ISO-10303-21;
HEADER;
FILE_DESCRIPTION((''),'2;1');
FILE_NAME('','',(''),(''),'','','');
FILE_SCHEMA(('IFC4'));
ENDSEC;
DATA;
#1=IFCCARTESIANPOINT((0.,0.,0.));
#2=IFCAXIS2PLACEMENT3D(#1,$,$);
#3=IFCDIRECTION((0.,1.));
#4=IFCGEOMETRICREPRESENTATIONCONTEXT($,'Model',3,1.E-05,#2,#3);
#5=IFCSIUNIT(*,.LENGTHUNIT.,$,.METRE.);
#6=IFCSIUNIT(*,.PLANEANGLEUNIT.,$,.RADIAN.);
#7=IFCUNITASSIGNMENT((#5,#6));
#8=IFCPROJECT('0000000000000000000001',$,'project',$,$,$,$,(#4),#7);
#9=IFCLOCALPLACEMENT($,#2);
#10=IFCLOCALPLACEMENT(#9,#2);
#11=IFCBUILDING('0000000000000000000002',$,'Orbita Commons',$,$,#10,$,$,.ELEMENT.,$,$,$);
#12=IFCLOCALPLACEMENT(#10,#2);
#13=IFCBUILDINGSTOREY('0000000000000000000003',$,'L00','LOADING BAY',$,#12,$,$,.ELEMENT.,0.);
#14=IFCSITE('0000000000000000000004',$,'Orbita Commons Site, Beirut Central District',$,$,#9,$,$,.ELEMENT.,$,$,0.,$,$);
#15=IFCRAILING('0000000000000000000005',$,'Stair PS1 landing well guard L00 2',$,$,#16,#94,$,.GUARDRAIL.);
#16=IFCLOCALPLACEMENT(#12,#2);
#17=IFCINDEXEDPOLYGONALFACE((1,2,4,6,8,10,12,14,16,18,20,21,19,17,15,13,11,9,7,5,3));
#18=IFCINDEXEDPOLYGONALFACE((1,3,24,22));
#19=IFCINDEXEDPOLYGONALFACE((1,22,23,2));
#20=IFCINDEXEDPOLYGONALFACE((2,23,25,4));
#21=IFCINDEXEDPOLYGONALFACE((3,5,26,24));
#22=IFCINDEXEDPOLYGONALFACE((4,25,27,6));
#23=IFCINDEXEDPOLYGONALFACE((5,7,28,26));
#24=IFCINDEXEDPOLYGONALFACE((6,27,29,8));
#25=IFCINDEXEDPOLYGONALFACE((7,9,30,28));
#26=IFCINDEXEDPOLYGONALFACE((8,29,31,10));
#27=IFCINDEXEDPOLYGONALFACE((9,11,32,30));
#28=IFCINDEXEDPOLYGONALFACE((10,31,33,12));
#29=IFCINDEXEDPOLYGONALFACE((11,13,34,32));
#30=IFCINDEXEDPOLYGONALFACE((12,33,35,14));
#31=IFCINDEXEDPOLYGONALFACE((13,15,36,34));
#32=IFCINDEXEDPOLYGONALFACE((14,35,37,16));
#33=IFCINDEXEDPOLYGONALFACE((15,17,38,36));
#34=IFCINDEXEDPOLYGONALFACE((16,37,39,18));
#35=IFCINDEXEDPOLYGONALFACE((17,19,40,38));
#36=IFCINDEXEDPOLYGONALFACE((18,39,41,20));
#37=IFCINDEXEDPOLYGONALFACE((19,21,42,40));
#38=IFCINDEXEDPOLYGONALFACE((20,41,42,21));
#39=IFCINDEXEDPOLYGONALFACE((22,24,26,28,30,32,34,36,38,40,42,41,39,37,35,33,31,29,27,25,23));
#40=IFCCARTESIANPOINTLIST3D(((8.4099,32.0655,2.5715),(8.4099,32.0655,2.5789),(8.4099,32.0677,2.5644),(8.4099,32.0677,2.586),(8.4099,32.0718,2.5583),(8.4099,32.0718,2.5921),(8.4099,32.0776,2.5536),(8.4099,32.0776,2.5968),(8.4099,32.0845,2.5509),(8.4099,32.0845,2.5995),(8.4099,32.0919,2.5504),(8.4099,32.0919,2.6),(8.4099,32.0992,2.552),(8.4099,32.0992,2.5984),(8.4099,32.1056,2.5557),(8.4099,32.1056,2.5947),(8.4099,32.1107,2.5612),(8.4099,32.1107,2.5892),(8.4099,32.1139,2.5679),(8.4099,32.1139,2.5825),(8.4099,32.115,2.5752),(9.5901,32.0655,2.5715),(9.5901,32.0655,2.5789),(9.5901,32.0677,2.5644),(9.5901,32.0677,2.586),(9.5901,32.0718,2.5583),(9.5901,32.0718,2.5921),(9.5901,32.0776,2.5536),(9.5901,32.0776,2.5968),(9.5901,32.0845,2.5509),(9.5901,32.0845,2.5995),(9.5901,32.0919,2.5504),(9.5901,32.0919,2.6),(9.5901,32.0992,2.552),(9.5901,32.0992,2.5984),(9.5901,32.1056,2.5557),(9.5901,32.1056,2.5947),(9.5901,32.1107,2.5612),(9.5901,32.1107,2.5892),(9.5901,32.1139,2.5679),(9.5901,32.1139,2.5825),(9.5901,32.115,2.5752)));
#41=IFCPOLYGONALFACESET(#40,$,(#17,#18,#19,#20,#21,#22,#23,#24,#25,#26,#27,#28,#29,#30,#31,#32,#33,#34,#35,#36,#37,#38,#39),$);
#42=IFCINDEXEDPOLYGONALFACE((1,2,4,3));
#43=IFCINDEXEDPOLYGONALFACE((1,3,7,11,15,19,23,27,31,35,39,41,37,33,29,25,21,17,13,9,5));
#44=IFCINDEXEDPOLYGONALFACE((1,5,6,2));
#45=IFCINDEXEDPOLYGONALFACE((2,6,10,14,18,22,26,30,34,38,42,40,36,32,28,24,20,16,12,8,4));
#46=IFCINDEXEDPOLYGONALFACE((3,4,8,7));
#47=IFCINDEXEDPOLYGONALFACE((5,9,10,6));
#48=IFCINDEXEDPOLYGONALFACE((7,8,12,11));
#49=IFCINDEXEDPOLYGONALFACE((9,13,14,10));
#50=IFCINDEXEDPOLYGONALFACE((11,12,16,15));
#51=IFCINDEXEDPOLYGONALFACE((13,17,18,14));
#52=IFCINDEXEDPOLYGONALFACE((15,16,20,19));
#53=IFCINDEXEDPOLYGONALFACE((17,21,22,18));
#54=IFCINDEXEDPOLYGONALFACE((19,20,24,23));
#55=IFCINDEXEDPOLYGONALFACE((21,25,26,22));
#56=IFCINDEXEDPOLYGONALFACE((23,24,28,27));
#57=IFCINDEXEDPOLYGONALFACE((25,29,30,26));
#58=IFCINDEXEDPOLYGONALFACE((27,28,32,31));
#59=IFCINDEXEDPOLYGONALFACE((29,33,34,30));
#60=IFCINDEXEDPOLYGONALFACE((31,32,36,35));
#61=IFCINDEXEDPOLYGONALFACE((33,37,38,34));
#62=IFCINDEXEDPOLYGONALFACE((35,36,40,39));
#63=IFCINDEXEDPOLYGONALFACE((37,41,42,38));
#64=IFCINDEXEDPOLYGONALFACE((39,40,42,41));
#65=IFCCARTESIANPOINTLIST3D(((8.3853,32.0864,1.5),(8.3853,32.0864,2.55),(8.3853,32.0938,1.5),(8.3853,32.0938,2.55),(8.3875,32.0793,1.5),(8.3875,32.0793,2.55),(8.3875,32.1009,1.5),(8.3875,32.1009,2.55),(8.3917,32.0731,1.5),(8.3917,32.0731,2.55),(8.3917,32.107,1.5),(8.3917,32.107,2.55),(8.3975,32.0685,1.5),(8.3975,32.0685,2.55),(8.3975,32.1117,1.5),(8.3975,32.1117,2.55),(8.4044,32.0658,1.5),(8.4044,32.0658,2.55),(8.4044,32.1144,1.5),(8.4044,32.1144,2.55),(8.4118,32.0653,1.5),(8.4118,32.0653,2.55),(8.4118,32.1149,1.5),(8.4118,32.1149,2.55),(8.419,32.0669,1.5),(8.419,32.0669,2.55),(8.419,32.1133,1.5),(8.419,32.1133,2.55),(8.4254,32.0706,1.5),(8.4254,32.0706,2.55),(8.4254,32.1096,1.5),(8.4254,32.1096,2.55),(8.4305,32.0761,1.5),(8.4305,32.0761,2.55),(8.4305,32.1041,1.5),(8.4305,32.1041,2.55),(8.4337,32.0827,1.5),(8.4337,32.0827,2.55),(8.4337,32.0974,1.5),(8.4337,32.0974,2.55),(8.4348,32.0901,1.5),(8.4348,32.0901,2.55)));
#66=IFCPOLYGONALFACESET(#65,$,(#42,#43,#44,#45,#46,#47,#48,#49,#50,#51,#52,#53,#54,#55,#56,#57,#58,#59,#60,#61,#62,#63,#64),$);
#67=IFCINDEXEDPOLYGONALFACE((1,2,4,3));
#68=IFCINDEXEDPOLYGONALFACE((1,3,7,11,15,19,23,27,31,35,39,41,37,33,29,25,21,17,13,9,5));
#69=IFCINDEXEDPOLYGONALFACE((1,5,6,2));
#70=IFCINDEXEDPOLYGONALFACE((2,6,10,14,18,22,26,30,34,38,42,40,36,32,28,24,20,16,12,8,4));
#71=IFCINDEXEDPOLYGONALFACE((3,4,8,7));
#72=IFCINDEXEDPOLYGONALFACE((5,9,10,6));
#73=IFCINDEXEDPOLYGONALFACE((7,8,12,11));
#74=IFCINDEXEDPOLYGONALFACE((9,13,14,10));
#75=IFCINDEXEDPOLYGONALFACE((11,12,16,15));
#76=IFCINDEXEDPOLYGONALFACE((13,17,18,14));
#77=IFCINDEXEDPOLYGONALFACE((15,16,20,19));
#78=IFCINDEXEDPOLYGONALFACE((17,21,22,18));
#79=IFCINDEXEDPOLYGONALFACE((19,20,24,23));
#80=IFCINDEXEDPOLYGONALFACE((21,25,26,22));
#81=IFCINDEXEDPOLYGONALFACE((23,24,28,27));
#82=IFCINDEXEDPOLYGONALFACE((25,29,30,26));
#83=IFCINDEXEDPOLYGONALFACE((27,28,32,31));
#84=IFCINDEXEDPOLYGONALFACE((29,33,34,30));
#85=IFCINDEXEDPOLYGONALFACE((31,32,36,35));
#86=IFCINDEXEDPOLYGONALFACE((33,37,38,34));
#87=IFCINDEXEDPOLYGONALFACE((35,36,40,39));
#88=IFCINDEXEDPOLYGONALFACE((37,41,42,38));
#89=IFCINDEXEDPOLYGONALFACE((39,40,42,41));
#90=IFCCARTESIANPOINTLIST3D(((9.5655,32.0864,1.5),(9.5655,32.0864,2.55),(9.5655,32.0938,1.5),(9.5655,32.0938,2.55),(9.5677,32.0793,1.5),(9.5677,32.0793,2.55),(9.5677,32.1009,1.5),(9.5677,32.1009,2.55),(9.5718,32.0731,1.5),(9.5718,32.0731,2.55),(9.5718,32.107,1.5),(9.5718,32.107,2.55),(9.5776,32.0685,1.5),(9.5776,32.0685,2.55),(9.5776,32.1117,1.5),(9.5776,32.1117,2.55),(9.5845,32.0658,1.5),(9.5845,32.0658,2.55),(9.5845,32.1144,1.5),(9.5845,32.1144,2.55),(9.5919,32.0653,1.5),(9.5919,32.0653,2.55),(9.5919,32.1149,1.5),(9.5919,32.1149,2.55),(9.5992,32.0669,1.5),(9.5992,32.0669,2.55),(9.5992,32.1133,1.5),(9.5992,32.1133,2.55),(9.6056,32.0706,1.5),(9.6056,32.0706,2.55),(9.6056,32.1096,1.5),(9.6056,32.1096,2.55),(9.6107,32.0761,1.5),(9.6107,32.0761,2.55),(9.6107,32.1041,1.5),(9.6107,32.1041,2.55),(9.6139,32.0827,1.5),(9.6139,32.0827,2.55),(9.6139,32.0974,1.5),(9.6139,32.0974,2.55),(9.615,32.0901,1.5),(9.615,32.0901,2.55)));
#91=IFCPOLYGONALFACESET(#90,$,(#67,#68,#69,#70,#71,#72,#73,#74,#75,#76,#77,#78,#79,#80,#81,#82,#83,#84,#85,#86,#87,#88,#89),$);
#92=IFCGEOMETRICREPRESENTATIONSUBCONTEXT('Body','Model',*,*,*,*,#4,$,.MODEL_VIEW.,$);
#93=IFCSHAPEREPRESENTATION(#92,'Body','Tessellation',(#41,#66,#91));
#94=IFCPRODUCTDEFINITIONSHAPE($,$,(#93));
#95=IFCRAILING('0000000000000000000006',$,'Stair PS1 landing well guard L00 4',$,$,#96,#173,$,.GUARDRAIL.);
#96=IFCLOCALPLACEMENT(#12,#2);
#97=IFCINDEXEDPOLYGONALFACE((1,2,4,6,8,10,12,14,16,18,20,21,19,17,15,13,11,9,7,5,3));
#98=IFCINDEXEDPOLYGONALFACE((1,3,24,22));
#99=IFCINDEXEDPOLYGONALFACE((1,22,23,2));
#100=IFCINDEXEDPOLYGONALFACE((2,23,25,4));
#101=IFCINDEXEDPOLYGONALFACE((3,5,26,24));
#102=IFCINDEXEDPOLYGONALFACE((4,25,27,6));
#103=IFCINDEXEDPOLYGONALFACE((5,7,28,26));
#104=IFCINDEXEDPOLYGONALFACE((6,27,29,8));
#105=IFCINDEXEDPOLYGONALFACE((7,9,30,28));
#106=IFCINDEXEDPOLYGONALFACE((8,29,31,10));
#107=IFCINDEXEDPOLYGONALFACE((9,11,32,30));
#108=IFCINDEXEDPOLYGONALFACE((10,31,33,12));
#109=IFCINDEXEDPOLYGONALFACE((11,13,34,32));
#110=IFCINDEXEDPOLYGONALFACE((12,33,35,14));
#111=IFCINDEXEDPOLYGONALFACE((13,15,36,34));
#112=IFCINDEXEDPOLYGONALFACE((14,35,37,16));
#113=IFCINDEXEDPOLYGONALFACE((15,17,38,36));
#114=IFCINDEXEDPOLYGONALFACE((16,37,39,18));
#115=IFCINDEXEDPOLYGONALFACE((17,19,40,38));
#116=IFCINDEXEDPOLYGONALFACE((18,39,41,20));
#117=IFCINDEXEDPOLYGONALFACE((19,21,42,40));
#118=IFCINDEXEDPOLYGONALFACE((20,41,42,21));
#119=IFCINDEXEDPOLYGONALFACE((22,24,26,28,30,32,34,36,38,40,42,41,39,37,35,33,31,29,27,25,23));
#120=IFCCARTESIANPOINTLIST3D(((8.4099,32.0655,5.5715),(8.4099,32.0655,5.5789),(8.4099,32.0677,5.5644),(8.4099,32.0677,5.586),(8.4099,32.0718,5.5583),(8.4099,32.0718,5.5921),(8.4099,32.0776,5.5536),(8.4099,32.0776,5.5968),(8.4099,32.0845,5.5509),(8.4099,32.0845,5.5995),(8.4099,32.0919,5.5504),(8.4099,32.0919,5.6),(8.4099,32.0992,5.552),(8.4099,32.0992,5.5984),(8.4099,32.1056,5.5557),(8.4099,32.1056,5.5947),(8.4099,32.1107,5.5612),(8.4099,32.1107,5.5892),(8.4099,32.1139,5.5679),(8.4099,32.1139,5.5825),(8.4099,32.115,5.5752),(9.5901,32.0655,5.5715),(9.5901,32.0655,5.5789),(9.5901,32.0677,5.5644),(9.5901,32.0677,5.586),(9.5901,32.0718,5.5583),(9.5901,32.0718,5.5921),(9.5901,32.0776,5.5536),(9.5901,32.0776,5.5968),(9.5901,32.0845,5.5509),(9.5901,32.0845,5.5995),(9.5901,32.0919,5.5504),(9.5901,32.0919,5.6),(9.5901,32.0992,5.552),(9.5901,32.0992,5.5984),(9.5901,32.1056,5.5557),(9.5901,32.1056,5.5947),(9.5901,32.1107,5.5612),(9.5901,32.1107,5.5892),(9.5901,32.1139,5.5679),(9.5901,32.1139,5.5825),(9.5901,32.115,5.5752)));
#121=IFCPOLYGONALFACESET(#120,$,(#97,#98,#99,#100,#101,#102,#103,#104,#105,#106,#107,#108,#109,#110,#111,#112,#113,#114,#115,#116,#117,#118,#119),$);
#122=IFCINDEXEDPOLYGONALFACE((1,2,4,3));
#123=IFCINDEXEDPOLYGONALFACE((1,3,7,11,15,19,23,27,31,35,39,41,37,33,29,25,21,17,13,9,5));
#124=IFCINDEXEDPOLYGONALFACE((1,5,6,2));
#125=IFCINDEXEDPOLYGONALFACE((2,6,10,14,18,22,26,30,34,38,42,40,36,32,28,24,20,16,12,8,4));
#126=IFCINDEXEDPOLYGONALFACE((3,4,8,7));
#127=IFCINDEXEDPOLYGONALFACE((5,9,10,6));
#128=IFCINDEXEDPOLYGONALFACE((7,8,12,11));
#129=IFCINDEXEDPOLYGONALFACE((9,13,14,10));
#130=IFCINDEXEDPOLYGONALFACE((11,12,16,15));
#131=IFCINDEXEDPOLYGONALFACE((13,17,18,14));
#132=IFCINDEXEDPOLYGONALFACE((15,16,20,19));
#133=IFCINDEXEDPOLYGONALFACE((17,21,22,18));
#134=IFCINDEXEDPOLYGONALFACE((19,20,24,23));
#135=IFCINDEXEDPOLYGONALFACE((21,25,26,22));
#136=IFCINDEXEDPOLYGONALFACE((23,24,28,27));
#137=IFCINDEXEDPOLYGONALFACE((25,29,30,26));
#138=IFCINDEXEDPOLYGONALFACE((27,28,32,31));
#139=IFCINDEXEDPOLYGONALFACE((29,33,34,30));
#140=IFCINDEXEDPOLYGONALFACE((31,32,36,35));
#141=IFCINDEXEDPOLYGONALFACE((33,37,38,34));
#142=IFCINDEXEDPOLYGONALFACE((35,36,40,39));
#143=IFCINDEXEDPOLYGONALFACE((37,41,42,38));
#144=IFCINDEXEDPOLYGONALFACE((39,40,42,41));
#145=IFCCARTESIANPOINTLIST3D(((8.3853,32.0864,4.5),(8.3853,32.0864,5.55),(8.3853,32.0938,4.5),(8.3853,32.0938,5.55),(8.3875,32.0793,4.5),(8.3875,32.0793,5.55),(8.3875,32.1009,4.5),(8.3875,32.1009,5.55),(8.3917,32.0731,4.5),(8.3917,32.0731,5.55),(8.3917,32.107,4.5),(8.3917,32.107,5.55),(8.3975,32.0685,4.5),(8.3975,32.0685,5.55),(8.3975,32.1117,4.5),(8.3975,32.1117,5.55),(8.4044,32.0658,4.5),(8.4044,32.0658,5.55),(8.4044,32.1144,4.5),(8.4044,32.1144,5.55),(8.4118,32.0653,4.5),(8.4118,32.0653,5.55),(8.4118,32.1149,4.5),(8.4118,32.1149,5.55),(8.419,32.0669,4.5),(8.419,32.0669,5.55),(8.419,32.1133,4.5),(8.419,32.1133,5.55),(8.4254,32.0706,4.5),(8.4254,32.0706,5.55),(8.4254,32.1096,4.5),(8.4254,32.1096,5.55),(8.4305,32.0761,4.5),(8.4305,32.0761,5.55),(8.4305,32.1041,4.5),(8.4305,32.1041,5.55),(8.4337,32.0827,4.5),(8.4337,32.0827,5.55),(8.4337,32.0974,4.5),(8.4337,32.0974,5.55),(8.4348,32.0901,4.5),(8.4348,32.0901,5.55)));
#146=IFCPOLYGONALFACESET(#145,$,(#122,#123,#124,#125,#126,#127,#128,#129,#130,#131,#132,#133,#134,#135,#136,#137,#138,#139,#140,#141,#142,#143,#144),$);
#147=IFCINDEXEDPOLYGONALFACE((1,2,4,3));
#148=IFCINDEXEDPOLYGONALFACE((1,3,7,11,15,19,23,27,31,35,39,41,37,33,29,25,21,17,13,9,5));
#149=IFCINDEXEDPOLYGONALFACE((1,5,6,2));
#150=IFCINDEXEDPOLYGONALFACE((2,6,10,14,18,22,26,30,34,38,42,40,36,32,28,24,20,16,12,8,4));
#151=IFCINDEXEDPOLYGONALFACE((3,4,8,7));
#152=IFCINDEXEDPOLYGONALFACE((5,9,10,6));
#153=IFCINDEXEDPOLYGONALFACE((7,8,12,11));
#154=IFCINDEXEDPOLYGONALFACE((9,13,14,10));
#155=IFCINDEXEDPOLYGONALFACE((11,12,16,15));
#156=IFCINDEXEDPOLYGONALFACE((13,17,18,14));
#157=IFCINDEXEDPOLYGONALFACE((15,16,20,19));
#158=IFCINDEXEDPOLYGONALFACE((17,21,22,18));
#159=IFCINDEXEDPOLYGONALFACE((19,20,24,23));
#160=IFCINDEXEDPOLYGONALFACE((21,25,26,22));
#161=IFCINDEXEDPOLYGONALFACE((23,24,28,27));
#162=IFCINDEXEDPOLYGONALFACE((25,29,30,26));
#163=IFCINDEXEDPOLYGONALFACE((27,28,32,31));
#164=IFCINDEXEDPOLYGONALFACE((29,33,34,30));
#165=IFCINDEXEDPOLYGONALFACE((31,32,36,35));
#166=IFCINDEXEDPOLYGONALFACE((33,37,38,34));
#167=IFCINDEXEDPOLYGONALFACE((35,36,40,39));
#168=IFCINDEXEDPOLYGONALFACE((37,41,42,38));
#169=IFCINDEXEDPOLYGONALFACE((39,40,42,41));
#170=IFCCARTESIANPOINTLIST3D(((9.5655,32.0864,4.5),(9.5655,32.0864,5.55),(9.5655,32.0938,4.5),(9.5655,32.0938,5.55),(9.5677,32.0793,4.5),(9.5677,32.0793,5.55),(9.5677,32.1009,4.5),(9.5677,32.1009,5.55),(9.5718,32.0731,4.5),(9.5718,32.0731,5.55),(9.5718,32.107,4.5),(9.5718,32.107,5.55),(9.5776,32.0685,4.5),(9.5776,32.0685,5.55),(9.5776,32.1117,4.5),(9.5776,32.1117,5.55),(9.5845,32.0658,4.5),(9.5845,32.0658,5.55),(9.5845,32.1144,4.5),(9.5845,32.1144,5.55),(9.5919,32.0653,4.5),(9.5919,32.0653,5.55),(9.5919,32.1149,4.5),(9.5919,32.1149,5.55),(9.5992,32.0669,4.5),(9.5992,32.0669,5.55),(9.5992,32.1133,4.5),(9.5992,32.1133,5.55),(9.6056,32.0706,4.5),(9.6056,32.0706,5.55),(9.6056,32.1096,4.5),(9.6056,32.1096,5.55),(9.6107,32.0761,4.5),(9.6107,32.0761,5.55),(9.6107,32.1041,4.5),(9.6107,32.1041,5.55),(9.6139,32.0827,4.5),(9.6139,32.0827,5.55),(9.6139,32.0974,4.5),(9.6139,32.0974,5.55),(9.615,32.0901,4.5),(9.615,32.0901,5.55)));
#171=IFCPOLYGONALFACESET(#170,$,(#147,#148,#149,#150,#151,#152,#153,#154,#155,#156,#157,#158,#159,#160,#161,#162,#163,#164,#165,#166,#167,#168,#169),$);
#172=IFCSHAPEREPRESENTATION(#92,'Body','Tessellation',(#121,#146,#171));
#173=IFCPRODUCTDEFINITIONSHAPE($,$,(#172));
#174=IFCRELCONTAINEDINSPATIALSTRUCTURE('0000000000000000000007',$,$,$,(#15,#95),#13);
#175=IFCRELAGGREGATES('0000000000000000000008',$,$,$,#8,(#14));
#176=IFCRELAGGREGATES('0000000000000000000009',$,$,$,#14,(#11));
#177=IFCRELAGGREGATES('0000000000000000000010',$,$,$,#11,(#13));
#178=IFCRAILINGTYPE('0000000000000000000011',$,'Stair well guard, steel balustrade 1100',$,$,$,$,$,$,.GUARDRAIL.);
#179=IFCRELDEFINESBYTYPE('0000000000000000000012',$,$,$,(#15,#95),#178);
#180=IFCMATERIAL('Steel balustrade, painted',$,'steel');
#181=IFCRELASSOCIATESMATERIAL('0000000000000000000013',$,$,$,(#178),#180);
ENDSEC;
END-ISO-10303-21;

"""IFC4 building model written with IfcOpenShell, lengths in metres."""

from ifc_helpers import new_model, si_unit, direction, frame, origin, origin_2d, place, context, subcontext, project, spatial, circle, extrude, material, type_object, element, save


model = new_model("IFC4")

# Units and contexts
model_context = context("Model", 3, precision=1e-05, world=origin(), true_north=direction((0.0, 1.0)))
body_context = subcontext(model_context, "Body", "Model", "MODEL_VIEW")
ifc_project = project(units=[si_unit("LENGTHUNIT", "METRE"), si_unit("PLANEANGLEUNIT", "RADIAN")], contexts=[model_context])

# Site, building, storey
site_placement = place(None, origin())
site = spatial("IfcSite", under=ifc_project, at=site_placement, Name="Orbita Commons Site, Beirut Central District", CompositionType="ELEMENT", RefElevation=0.0)
building_placement = place(site_placement, origin())
building = spatial("IfcBuilding", under=site, at=building_placement, Name="Orbita Commons", CompositionType="ELEMENT")
storey_placement = place(building_placement, origin())
storey = spatial("IfcBuildingStorey", under=building, at=storey_placement, Name="L00", Description="LOADING BAY", CompositionType="ELEMENT", Elevation=0.0)

# Railings
ifc_material_1 = material(Name="Steel balustrade, painted", Category="steel")
railing_type = type_object("IfcRailingType", Name="Stair well guard, steel balustrade 1100", PredefinedType="GUARDRAIL", material=ifc_material_1)
for number, where, name in (
    (1, (8.4099, 32.0901, 1.5), "Stair PS1 landing well guard L00 2"),
    (2, (8.4099, 32.0901, 4.5), "Stair PS1 landing well guard L00 4"),
):
    element("IfcRailing", number, at=place(storey_placement, frame(where)), inside=storey, type_object=railing_type, Name=name, PredefinedType="GUARDRAIL", context=body_context, shape_type="SweptSolid", body=[
        extrude(circle(Radius=0.0249, at=origin_2d()), frame((0.0, 0.0, 1.0752), z_axis=(1.0, 0.0, 0.0), x_axis=(0.0, 1.0, 0.0)), (0.0, 0.0, 1.0), 1.1802),
        extrude(circle(Radius=0.0249, at=origin_2d()), origin(), (0.0, 0.0, 1.0), 1.05),
        extrude(circle(Radius=0.0249, at=origin_2d()), frame((1.1802, 0.0, 0.0)), (0.0, 0.0, 1.0), 1.05),
    ])

save(model, "model.ifc")
